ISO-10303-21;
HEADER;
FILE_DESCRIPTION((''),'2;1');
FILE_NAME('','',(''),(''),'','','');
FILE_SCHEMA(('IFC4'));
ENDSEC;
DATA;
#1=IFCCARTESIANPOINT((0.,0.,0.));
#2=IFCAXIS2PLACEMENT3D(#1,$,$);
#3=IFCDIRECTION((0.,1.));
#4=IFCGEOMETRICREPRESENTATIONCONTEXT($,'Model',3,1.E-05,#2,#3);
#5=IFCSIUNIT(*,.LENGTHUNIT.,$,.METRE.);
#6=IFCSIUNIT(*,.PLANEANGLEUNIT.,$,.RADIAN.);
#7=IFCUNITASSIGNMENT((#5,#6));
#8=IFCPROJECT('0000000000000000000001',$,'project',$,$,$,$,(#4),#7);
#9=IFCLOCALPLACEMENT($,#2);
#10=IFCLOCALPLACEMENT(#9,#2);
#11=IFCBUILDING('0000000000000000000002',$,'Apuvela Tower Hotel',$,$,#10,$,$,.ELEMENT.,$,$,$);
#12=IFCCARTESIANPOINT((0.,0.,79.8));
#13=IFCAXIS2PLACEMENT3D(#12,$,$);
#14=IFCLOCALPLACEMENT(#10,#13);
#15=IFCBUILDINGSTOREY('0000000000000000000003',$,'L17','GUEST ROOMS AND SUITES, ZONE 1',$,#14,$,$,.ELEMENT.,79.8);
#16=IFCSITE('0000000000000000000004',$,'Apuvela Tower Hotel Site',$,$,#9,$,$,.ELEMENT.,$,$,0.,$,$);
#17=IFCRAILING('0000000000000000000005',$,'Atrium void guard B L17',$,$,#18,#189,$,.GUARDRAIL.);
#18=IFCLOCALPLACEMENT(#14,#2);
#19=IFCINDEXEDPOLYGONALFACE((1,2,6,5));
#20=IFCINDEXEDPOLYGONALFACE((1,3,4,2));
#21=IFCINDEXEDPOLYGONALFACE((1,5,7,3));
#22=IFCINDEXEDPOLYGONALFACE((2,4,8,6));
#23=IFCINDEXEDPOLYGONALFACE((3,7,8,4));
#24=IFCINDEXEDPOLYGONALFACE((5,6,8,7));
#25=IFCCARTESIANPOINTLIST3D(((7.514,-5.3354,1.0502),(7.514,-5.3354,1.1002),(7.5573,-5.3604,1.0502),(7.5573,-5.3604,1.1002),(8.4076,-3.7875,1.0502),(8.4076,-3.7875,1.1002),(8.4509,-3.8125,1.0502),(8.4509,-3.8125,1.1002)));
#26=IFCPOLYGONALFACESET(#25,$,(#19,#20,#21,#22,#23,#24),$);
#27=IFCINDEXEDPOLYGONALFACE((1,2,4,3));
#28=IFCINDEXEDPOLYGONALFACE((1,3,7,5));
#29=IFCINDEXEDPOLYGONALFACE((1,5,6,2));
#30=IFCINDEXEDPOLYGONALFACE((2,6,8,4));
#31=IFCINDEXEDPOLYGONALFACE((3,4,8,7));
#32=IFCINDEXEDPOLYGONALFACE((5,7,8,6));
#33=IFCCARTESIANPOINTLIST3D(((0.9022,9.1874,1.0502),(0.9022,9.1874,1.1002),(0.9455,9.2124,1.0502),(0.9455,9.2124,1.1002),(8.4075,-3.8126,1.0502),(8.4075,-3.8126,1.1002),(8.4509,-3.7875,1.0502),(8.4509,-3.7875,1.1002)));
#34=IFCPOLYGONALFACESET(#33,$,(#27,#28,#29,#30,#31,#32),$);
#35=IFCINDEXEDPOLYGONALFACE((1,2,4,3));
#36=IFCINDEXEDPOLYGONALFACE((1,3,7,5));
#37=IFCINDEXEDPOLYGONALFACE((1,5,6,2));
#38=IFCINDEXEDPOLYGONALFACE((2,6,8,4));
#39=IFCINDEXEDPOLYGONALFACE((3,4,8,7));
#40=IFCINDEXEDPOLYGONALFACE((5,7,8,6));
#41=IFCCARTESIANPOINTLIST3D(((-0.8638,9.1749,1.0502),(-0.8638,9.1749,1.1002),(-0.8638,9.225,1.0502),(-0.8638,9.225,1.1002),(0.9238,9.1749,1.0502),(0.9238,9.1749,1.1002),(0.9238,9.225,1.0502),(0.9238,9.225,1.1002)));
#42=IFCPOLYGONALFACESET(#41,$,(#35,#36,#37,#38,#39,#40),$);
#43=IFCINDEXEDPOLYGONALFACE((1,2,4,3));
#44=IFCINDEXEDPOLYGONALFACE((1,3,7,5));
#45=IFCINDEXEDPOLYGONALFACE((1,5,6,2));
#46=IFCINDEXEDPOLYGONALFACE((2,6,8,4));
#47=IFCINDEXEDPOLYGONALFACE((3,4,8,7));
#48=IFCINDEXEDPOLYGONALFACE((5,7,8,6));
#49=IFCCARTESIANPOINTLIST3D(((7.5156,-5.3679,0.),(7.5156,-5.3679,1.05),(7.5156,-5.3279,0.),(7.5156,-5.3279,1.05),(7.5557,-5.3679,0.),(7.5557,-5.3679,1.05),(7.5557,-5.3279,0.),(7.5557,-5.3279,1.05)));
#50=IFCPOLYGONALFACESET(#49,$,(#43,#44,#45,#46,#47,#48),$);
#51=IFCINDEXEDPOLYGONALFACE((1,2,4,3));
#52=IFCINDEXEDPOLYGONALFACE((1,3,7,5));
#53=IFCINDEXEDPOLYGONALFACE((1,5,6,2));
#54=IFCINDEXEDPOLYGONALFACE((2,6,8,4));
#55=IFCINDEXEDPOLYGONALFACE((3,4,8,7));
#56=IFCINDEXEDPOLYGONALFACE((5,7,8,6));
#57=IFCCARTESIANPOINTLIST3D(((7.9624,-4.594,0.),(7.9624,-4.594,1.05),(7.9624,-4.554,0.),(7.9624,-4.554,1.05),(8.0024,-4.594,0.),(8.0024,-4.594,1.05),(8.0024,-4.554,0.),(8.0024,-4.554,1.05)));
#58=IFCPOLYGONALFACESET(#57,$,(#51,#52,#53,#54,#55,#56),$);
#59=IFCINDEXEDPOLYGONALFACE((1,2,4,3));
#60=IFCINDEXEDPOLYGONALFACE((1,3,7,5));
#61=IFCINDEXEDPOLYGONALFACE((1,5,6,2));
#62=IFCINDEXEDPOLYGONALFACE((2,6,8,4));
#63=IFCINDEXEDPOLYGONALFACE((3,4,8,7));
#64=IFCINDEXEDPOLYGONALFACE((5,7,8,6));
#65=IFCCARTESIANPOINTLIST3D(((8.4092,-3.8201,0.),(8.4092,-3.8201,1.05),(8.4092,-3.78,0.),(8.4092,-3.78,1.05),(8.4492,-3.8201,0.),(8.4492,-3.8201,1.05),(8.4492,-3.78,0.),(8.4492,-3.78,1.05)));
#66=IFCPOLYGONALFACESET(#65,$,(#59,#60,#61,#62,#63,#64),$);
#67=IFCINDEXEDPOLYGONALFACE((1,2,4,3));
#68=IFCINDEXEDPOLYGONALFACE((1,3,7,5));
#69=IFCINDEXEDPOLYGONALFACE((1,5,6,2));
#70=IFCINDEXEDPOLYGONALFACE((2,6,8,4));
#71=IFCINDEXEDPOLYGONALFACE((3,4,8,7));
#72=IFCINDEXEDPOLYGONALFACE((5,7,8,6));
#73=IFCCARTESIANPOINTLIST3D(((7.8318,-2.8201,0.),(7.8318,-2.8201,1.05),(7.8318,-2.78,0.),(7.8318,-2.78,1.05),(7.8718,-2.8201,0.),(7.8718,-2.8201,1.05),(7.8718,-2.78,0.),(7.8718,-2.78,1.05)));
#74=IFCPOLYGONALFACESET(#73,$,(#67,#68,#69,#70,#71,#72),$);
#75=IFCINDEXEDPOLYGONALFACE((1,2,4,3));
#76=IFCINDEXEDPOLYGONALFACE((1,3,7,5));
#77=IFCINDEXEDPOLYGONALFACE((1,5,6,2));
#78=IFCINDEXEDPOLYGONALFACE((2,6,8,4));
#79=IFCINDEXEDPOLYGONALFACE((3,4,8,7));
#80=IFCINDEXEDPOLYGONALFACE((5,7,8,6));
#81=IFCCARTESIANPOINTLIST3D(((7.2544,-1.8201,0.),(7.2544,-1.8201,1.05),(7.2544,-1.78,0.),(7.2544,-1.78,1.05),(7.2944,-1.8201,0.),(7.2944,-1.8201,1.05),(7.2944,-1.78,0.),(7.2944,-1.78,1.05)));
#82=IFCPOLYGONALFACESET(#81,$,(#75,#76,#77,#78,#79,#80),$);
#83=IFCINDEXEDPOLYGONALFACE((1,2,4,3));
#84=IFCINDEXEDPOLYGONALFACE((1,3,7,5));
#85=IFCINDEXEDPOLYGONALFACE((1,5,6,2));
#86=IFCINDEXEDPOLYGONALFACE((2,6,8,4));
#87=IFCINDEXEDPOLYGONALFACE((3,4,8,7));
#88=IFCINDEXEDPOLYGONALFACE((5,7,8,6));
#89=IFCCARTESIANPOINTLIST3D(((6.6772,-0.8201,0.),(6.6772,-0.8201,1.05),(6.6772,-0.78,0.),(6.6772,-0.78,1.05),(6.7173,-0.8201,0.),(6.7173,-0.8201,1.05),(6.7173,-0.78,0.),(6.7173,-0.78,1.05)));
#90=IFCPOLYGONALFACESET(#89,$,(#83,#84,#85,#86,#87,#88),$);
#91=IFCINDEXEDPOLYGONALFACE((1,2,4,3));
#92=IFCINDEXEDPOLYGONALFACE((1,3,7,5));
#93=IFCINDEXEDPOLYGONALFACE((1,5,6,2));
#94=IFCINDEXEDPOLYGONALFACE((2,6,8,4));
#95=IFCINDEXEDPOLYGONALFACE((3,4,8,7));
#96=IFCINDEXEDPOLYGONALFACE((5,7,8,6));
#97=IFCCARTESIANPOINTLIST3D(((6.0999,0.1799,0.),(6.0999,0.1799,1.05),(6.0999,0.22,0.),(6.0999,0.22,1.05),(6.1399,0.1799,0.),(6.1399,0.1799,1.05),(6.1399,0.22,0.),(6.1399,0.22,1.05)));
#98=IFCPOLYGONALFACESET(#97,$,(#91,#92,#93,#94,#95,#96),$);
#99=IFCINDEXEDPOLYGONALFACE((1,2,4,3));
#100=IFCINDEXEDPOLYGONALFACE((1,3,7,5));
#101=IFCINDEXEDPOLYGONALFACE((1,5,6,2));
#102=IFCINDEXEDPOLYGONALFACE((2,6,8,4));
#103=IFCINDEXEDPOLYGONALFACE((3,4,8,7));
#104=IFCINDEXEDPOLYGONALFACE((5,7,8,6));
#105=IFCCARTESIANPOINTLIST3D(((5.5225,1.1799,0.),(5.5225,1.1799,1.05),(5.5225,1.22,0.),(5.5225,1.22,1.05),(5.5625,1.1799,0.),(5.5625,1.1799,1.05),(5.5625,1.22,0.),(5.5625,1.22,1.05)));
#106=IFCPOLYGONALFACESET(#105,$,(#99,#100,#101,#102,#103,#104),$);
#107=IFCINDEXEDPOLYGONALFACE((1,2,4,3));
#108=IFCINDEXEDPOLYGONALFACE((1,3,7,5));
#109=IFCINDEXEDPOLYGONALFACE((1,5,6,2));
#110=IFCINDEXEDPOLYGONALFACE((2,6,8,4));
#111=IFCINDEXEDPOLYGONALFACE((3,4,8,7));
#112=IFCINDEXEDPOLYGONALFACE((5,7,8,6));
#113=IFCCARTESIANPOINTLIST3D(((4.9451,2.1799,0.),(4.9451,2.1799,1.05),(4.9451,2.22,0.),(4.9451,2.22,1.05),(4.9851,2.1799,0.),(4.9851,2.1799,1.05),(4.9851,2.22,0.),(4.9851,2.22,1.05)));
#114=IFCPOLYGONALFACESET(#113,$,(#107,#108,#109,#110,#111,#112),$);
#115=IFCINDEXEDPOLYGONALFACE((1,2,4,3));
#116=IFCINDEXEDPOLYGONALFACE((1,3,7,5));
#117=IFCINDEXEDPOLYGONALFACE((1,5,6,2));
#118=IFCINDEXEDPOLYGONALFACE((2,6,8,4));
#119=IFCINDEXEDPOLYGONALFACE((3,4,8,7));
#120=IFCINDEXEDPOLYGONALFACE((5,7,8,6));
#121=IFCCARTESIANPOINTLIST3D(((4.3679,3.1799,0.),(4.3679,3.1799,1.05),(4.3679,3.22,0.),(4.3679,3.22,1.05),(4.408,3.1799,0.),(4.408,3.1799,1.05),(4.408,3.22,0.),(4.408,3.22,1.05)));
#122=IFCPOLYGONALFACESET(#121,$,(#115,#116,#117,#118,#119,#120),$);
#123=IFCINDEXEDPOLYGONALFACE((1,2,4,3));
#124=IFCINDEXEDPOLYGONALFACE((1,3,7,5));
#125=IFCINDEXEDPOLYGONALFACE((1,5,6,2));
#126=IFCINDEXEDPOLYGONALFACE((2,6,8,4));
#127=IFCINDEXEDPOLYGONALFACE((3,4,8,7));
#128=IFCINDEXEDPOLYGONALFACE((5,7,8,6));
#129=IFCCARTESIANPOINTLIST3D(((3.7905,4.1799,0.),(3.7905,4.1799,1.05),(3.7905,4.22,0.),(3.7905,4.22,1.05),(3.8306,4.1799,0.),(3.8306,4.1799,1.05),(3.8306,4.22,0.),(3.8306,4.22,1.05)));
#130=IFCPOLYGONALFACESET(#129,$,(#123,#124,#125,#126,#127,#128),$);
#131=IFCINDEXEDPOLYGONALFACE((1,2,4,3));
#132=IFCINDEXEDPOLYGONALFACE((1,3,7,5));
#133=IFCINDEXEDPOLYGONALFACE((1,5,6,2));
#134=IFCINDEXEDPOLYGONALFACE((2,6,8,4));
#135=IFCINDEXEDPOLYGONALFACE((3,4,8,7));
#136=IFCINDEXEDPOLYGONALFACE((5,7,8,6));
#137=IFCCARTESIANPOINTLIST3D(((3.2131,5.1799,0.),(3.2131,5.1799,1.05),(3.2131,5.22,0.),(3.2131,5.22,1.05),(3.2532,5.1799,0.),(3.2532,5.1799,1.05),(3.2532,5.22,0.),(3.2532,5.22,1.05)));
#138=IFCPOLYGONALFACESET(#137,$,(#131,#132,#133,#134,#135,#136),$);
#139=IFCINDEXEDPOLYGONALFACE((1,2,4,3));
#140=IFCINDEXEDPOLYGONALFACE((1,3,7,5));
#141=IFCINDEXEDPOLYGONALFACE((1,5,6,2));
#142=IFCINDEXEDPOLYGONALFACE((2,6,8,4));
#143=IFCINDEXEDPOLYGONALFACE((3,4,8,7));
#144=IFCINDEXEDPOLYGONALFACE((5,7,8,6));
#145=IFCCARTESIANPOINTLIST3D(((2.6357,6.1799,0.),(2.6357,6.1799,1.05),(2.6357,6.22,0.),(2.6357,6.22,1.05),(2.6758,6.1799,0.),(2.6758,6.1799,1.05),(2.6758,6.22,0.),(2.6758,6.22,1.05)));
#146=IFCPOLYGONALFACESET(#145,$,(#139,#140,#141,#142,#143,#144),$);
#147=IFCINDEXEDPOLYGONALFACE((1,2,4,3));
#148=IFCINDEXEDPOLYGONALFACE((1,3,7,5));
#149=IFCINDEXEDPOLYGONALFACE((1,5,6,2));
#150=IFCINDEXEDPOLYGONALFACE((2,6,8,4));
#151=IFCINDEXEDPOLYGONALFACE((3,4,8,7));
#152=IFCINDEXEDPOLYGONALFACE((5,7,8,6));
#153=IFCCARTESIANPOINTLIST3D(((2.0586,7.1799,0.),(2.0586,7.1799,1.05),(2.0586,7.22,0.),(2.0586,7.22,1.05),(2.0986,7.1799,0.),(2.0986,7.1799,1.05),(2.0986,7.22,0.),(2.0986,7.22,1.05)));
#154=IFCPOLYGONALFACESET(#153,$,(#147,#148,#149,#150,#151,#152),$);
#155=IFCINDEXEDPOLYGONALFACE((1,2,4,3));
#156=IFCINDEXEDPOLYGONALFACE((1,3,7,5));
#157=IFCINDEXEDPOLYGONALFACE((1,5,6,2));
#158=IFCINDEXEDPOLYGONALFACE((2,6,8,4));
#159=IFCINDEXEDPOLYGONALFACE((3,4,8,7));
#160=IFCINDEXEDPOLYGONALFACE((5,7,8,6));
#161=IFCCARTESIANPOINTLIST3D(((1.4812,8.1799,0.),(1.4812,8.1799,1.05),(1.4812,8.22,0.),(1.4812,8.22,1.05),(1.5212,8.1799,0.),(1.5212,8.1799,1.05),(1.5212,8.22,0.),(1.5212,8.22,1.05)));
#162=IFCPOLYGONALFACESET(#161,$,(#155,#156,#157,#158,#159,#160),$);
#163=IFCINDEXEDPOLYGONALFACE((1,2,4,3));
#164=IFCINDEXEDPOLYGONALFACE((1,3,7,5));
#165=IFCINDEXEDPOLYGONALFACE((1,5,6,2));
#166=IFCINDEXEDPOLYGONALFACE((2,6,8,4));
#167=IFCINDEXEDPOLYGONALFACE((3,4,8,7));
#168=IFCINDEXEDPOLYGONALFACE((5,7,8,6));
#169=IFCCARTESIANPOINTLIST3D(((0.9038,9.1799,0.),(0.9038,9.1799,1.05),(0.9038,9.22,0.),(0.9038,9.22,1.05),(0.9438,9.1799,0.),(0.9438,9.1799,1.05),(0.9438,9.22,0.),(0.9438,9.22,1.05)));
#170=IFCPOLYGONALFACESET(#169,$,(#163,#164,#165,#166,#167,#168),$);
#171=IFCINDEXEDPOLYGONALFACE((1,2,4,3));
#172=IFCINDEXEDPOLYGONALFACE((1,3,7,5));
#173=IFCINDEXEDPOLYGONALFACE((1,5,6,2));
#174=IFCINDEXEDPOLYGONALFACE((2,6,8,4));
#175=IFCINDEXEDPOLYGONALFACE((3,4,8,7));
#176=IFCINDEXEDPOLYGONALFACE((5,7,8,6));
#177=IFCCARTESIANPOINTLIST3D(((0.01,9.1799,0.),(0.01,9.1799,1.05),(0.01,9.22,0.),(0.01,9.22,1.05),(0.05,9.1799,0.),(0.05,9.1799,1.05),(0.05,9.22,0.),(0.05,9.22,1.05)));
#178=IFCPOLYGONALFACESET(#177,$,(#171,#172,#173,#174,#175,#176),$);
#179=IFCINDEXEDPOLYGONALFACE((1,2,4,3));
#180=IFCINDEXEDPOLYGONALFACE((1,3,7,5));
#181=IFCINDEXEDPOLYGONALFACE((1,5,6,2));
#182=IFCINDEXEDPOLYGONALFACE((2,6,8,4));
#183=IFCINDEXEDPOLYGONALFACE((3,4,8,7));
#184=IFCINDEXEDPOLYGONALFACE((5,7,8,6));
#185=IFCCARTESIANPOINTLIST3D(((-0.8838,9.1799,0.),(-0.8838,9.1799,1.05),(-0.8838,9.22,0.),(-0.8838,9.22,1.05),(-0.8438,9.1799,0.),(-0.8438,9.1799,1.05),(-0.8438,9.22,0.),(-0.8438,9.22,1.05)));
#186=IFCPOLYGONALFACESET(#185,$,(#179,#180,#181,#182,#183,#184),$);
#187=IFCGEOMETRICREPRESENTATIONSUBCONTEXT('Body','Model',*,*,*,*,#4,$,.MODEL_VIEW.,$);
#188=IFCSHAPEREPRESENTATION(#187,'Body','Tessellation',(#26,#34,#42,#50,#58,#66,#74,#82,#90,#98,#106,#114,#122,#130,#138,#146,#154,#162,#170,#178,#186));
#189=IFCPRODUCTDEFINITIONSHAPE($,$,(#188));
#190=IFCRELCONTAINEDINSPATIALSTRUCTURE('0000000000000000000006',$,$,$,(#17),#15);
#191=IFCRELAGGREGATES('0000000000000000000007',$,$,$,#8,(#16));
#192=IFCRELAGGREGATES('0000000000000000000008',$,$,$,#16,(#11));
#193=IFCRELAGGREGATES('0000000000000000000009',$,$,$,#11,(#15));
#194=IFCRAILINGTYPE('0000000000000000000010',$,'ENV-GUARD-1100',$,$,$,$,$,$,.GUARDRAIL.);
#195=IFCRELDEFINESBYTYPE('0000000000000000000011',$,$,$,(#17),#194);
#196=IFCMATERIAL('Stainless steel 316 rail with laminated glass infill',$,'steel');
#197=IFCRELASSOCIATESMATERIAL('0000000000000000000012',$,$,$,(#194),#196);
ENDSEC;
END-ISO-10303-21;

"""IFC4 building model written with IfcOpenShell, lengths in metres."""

from ifc_helpers import new_model, si_unit, direction, frame, origin, origin_2d, place, context, subcontext, project, spatial, rectangle, extrude, material, type_object, element, save


model = new_model("IFC4")

# Units and contexts
model_context = context("Model", 3, precision=1e-05, world=origin(), true_north=direction((0.0, 1.0)))
body_context = subcontext(model_context, "Body", "Model", "MODEL_VIEW")
ifc_project = project(units=[si_unit("LENGTHUNIT", "METRE"), si_unit("PLANEANGLEUNIT", "RADIAN")], contexts=[model_context])

# Site, building, storey
site_placement = place(None, origin())
site = spatial("IfcSite", under=ifc_project, at=site_placement, Name="Apuvela Tower Hotel Site", CompositionType="ELEMENT", RefElevation=0.0)
building_placement = place(site_placement, origin())
building = spatial("IfcBuilding", under=site, at=building_placement, Name="Apuvela Tower Hotel", CompositionType="ELEMENT")
storey_placement = place(building_placement, frame((0.0, 0.0, 79.8)))
storey = spatial("IfcBuildingStorey", under=building, at=storey_placement, Name="L17", Description="GUEST ROOMS AND SUITES, ZONE 1", CompositionType="ELEMENT", Elevation=79.8)

# Railing
ifc_material_1 = material(Name="Stainless steel 316 rail with laminated glass infill", Category="steel")
railing_type_1 = type_object("IfcRailingType", Name="ENV-GUARD-1100", PredefinedType="GUARDRAIL", material=ifc_material_1)
railing_1_placement = place(storey_placement, frame((7.5356, -5.3479, 0.0)))
element("IfcRailing", 1, at=railing_1_placement, inside=storey, type_object=railing_type_1, Name="Atrium void guard B L17", PredefinedType="GUARDRAIL", context=body_context, shape_type="SweptSolid", body=[
    extrude(rectangle(XDim=0.05, YDim=0.05, at=origin_2d()), frame((0.0, 0.0, 1.0752), z_axis=(0.499959, 0.866049, 0.0), x_axis=(-0.866049, 0.499959, 0.0)), (0.0, 0.0, 1.0), 1.7874),
    extrude(rectangle(XDim=0.05, YDim=0.05, at=origin_2d()), frame((0.8936, 1.5479, 1.0752), z_axis=(-0.499991, 0.866031, 0.0), x_axis=(-0.866031, -0.499991, 0.0)), (0.0, 0.0, 1.0), 15.011),
    extrude(rectangle(XDim=0.05, YDim=0.05, at=origin_2d()), frame((-6.6118, 14.5479, 1.0752), z_axis=(-1.0, 0.0, 0.0), x_axis=(0.0, -1.0, 0.0)), (0.0, 0.0, 1.0), 1.7876),
    extrude(rectangle(XDim=0.04, YDim=0.04, at=origin_2d()), origin(), (0.0, 0.0, 1.0), 1.05),
    extrude(rectangle(XDim=0.04, YDim=0.04, at=origin_2d()), frame((0.4468, 0.7739, 0.0)), (0.0, 0.0, 1.0), 1.05),
    extrude(rectangle(XDim=0.04, YDim=0.04, at=origin_2d()), frame((0.8936, 1.5479, 0.0)), (0.0, 0.0, 1.0), 1.05),
    extrude(rectangle(XDim=0.04, YDim=0.04, at=origin_2d()), frame((0.3162, 2.5479, 0.0)), (0.0, 0.0, 1.0), 1.05),
    extrude(rectangle(XDim=0.04, YDim=0.04, at=origin_2d()), frame((-0.2612, 3.5479, 0.0)), (0.0, 0.0, 1.0), 1.05),
    extrude(rectangle(XDim=0.04, YDim=0.04, at=origin_2d()), frame((-0.8384, 4.5479, 0.0)), (0.0, 0.0, 1.0), 1.05),
    extrude(rectangle(XDim=0.04, YDim=0.04, at=origin_2d()), frame((-1.4158, 5.5479, 0.0)), (0.0, 0.0, 1.0), 1.05),
    extrude(rectangle(XDim=0.04, YDim=0.04, at=origin_2d()), frame((-1.9932, 6.5479, 0.0)), (0.0, 0.0, 1.0), 1.05),
    extrude(rectangle(XDim=0.04, YDim=0.04, at=origin_2d()), frame((-2.5706, 7.5479, 0.0)), (0.0, 0.0, 1.0), 1.05),
    extrude(rectangle(XDim=0.04, YDim=0.04, at=origin_2d()), frame((-3.1477, 8.5479, 0.0)), (0.0, 0.0, 1.0), 1.05),
    extrude(rectangle(XDim=0.04, YDim=0.04, at=origin_2d()), frame((-3.7251, 9.5479, 0.0)), (0.0, 0.0, 1.0), 1.05),
    extrude(rectangle(XDim=0.04, YDim=0.04, at=origin_2d()), frame((-4.3025, 10.5479, 0.0)), (0.0, 0.0, 1.0), 1.05),
    extrude(rectangle(XDim=0.04, YDim=0.04, at=origin_2d()), frame((-4.8799, 11.5479, 0.0)), (0.0, 0.0, 1.0), 1.05),
    extrude(rectangle(XDim=0.04, YDim=0.04, at=origin_2d()), frame((-5.457, 12.5479, 0.0)), (0.0, 0.0, 1.0), 1.05),
    extrude(rectangle(XDim=0.04, YDim=0.04, at=origin_2d()), frame((-6.0344, 13.5479, 0.0)), (0.0, 0.0, 1.0), 1.05),
    extrude(rectangle(XDim=0.04, YDim=0.04, at=origin_2d()), frame((-6.6118, 14.5479, 0.0)), (0.0, 0.0, 1.0), 1.05),
    extrude(rectangle(XDim=0.04, YDim=0.04, at=origin_2d()), frame((-7.5056, 14.5479, 0.0)), (0.0, 0.0, 1.0), 1.05),
    extrude(rectangle(XDim=0.04, YDim=0.04, at=origin_2d()), frame((-8.3994, 14.5479, 0.0)), (0.0, 0.0, 1.0), 1.05),
])

save(model, "model.ifc")
